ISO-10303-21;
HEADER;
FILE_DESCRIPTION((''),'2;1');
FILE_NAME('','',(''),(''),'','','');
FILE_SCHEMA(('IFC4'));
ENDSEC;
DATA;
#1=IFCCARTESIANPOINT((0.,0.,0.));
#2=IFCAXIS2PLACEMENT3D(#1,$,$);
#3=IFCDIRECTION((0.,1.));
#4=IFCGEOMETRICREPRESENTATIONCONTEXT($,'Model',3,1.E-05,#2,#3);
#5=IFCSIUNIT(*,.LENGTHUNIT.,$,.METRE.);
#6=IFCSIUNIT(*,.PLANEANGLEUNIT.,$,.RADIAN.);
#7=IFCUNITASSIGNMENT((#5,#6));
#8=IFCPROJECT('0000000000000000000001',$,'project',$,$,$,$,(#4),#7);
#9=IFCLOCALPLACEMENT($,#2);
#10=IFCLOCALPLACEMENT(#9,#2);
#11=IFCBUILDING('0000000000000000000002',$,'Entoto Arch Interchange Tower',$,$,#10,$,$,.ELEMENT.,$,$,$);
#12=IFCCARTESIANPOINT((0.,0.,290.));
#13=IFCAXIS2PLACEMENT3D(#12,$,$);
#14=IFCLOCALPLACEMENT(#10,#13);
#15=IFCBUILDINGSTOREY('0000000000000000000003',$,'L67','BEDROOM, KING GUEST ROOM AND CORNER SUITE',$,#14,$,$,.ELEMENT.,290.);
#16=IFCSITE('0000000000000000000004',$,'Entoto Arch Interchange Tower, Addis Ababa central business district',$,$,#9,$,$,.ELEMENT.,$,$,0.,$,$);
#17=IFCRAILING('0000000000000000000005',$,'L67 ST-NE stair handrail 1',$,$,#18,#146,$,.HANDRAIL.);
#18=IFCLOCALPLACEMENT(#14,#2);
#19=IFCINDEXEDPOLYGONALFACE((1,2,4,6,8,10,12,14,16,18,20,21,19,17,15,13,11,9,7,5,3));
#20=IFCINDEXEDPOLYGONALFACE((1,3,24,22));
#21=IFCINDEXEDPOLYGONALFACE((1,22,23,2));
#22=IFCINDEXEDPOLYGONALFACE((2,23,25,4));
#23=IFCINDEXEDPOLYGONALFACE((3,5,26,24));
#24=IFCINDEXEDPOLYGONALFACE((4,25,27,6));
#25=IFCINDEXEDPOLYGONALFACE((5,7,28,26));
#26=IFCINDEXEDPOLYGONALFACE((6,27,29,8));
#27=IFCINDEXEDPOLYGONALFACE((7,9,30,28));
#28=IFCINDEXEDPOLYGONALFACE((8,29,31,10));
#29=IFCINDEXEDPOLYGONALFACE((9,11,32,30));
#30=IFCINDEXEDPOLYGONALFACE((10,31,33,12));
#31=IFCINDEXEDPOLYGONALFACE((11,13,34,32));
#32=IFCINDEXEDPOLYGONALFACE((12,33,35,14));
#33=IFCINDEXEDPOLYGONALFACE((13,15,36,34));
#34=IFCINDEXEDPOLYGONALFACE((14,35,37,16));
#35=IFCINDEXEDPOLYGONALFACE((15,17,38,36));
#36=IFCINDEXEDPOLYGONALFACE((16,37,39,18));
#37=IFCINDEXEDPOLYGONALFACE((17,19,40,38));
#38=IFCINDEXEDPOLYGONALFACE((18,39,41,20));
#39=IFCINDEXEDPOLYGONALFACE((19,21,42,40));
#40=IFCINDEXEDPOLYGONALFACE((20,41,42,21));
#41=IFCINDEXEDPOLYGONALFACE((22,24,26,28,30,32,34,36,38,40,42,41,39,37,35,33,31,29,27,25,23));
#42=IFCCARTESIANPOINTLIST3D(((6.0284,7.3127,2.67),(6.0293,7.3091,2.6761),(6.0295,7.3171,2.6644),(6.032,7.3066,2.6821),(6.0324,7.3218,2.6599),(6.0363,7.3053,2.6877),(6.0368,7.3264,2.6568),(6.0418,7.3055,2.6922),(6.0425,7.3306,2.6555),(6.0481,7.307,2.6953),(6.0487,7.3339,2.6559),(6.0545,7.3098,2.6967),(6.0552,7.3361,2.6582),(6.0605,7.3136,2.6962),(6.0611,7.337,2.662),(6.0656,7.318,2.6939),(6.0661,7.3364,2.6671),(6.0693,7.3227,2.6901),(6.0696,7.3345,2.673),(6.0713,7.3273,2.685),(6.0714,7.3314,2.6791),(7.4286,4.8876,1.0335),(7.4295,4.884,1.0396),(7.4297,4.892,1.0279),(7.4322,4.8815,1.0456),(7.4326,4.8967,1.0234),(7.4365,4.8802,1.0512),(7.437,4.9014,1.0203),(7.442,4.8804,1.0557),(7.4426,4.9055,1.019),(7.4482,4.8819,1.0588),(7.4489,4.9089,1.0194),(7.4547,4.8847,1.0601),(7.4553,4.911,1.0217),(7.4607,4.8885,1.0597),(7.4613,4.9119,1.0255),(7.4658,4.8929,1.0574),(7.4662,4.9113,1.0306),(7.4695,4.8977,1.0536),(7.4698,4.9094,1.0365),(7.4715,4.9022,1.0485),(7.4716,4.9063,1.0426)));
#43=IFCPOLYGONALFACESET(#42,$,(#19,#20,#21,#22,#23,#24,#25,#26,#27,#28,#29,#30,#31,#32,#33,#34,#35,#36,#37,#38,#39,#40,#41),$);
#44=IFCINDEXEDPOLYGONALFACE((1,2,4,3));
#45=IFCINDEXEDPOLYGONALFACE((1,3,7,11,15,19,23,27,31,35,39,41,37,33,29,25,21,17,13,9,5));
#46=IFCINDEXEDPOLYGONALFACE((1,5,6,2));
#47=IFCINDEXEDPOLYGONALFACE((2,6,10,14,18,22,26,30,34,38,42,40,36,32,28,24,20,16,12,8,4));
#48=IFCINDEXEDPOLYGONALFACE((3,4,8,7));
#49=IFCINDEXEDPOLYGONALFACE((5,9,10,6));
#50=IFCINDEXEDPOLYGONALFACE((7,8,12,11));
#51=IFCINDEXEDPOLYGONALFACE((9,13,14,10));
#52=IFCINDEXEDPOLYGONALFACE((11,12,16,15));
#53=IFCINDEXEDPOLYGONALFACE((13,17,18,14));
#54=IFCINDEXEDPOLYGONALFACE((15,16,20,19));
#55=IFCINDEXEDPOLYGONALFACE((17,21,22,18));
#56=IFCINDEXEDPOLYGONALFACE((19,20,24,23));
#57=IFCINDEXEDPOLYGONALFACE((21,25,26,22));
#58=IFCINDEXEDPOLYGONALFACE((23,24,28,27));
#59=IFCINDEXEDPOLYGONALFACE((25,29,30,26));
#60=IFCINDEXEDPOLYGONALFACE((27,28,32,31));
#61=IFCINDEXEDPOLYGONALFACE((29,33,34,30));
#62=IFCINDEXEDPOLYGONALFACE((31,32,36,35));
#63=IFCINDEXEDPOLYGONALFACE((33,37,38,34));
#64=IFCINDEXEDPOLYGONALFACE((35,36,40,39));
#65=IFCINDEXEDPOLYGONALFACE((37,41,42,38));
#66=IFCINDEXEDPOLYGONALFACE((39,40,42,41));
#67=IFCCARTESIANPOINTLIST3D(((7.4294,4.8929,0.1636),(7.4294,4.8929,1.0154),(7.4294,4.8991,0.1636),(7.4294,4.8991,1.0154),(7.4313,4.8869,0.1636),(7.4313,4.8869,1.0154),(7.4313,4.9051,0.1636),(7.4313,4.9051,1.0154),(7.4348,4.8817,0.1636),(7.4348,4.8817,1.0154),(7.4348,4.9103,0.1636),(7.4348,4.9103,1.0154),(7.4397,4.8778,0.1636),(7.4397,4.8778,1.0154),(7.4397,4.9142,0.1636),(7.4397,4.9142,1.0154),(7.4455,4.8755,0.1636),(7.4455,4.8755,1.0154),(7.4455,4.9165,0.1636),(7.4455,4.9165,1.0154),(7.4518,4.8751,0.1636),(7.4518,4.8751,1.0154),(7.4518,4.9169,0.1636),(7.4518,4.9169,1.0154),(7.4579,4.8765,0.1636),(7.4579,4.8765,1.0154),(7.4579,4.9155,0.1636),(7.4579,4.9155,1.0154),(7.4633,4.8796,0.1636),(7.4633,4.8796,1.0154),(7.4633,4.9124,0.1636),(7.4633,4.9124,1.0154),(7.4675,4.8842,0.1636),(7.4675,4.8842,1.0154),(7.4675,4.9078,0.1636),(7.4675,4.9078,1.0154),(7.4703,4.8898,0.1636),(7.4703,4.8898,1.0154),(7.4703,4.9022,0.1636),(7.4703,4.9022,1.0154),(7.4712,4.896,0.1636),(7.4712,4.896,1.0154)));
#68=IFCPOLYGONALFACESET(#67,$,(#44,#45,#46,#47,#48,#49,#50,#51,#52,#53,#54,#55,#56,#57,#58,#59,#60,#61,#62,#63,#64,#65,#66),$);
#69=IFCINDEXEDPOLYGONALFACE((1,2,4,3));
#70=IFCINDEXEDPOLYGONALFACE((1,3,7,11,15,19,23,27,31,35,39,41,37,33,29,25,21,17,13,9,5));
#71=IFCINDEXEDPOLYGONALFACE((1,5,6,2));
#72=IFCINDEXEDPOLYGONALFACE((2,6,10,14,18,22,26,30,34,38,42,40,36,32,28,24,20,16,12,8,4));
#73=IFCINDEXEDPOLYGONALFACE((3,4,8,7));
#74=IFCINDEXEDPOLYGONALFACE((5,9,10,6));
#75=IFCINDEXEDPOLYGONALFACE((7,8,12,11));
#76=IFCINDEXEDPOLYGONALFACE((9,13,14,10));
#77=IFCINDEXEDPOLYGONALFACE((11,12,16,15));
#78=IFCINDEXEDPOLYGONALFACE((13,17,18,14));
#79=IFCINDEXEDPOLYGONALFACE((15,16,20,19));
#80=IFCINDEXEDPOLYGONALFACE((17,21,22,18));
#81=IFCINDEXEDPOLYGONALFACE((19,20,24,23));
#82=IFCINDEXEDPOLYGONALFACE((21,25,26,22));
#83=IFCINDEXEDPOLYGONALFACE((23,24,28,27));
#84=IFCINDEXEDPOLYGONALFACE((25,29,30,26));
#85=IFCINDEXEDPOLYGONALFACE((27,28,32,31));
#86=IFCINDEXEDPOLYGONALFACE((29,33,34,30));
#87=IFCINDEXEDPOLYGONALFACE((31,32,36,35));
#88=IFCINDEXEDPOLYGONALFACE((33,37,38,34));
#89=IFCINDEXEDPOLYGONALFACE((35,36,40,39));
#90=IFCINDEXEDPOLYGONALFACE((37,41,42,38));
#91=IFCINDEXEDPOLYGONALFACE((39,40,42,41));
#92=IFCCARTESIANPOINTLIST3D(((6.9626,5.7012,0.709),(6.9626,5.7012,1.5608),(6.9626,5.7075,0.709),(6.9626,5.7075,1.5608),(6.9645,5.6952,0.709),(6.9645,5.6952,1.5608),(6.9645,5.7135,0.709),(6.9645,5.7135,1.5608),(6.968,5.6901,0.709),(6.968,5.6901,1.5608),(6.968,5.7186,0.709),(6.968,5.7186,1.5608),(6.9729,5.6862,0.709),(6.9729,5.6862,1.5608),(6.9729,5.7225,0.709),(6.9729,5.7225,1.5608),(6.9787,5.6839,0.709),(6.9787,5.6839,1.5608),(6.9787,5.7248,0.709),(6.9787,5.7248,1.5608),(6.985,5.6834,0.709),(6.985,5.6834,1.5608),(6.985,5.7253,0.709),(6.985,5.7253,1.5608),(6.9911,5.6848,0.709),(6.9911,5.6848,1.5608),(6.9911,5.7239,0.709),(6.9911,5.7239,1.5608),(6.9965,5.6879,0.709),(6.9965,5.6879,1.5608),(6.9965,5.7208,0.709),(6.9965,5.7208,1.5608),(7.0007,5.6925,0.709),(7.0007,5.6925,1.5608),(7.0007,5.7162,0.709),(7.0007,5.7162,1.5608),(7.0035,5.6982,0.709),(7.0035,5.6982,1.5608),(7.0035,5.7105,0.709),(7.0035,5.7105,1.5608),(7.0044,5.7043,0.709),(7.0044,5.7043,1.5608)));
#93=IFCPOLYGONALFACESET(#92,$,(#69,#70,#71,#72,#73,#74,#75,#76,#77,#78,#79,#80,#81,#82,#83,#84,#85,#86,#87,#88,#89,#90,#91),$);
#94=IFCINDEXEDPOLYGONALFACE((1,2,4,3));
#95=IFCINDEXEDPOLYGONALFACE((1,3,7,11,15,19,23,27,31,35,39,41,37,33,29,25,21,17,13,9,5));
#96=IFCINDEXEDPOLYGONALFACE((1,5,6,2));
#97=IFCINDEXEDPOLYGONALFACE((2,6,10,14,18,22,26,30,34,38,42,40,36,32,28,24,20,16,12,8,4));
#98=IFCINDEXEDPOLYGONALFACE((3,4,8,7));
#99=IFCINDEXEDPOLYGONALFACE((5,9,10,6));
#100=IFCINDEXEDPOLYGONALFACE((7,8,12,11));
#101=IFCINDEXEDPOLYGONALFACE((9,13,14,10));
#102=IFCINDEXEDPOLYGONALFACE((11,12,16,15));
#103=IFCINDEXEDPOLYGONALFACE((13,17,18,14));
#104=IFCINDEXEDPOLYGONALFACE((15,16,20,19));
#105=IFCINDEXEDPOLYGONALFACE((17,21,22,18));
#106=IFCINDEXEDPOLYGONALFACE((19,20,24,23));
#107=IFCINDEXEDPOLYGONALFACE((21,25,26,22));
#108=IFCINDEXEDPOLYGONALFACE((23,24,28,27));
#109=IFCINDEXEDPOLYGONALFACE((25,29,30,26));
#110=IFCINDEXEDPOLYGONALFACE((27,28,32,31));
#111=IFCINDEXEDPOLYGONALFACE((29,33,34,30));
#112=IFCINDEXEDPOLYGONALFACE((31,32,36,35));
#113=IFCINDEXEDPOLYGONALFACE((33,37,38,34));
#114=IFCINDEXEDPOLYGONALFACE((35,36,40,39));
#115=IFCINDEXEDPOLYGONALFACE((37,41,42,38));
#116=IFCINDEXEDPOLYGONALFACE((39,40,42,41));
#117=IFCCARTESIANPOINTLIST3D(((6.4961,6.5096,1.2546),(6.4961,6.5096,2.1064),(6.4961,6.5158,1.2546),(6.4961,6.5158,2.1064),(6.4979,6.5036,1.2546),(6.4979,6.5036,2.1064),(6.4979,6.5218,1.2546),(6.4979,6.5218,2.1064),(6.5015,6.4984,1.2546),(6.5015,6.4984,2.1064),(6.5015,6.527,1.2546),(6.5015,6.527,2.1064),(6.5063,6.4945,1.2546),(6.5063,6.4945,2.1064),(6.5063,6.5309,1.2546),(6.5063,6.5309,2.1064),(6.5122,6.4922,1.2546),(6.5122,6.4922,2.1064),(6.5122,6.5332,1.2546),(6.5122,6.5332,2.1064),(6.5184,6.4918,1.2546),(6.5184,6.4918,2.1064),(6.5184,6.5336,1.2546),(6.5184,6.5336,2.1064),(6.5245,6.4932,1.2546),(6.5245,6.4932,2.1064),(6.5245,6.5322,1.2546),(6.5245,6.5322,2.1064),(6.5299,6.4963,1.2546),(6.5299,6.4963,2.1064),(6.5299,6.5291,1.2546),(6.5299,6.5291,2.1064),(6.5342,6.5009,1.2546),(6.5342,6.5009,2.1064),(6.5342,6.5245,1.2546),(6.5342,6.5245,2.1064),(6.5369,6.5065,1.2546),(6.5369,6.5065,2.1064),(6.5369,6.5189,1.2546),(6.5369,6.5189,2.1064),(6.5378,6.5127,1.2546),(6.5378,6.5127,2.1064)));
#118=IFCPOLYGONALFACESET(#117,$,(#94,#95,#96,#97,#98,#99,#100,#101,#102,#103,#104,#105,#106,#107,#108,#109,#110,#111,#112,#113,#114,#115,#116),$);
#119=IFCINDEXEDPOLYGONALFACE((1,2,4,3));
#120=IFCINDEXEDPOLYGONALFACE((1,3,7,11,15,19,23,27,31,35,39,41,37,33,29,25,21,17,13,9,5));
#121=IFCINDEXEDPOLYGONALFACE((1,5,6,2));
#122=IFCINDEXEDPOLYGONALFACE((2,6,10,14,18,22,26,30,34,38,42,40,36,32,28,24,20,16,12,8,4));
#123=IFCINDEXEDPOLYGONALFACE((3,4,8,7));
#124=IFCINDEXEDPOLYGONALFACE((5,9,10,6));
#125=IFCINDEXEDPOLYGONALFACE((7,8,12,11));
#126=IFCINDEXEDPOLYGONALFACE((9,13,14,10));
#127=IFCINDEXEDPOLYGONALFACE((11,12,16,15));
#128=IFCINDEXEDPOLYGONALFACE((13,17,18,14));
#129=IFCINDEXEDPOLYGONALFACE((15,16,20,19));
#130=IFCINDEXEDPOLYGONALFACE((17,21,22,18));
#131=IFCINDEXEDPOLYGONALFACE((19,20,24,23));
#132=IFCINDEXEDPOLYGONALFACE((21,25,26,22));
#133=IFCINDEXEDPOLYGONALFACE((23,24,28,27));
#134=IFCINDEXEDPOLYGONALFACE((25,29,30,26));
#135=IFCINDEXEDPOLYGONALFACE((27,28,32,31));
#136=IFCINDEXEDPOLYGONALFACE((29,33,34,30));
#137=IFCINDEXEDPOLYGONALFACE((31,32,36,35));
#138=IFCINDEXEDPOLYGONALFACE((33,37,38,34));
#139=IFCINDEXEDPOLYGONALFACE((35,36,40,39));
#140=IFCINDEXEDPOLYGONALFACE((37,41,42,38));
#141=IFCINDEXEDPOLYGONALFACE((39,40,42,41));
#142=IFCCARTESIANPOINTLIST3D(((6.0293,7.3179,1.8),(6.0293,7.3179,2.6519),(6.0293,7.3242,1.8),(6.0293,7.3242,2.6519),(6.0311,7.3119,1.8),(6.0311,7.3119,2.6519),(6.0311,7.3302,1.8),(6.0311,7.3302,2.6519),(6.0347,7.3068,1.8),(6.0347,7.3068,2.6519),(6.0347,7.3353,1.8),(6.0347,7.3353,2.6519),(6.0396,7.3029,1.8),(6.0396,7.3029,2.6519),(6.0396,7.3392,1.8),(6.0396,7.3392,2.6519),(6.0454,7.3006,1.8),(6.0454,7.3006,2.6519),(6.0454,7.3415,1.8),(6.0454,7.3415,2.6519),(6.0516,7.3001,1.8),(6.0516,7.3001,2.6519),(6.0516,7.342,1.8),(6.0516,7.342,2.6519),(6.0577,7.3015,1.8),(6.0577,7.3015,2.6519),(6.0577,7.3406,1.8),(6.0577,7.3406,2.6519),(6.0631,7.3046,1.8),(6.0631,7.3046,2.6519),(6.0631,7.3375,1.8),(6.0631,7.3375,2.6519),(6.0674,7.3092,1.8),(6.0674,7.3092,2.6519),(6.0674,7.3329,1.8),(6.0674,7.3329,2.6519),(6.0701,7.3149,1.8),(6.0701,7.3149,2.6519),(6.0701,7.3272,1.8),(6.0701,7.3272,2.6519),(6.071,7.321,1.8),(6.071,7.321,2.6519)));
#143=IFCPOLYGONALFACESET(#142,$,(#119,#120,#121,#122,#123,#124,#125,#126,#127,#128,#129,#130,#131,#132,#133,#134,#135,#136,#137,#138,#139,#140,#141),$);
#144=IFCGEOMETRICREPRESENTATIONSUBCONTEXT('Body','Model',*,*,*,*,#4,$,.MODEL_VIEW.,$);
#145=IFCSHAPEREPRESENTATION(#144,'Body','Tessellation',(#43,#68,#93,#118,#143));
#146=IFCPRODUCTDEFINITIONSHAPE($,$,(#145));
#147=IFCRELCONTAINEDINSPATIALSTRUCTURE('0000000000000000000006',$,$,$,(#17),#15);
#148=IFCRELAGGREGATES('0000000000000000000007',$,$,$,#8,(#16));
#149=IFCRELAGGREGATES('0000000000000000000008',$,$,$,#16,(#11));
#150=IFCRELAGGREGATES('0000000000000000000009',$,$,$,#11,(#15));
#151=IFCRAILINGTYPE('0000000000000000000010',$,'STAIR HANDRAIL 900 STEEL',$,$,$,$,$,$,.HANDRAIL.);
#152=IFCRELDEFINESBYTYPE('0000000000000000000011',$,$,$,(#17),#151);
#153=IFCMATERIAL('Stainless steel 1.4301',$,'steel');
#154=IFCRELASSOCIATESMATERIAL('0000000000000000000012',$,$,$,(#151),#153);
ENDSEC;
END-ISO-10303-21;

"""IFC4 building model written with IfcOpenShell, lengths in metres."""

from ifc_helpers import new_model, si_unit, direction, frame, origin, origin_2d, place, context, subcontext, project, spatial, circle, extrude, material, type_object, element, save


model = new_model("IFC4")

# Units and contexts
model_context = context("Model", 3, precision=1e-05, world=origin(), true_north=direction((0.0, 1.0)))
body_context = subcontext(model_context, "Body", "Model", "MODEL_VIEW")
ifc_project = project(units=[si_unit("LENGTHUNIT", "METRE"), si_unit("PLANEANGLEUNIT", "RADIAN")], contexts=[model_context])

# Site, building, storey
site_placement = place(None, origin())
site = spatial("IfcSite", under=ifc_project, at=site_placement, Name="Entoto Arch Interchange Tower, Addis Ababa central business district", CompositionType="ELEMENT", RefElevation=0.0)
building_placement = place(site_placement, origin())
building = spatial("IfcBuilding", under=site, at=building_placement, Name="Entoto Arch Interchange Tower", CompositionType="ELEMENT")
storey_placement = place(building_placement, frame((0.0, 0.0, 290.0)))
storey = spatial("IfcBuildingStorey", under=building, at=storey_placement, Name="L67", Description="BEDROOM, KING GUEST ROOM AND CORNER SUITE", CompositionType="ELEMENT", Elevation=290.0)

# Railing
ifc_material_1 = material(Name="Stainless steel 1.4301", Category="steel")
railing_type_1 = type_object("IfcRailingType", Name="STAIR HANDRAIL 900 STEEL", PredefinedType="HANDRAIL", material=ifc_material_1)
railing_1_placement = place(storey_placement, frame((7.4502, 4.896, 0.1636)))
element("IfcRailing", 1, at=railing_1_placement, inside=storey, type_object=railing_type_1, Name="L67 ST-NE stair handrail 1", PredefinedType="HANDRAIL", context=body_context, shape_type="SweptSolid", body=[
    extrude(circle(Radius=0.0239, at=origin_2d()), frame((0.0, 0.0, 0.876), z_axis=(-0.431698, 0.747699, 0.504563), x_axis=(-0.866019, -0.500012, 0.0)), (0.0, 0.0, 1.0), 3.2434),
    extrude(circle(Radius=0.021, at=origin_2d()), origin(), (0.0, 0.0, 1.0), 0.8518),
    extrude(circle(Radius=0.021, at=origin_2d()), frame((-0.4668, 0.8083, 0.5454)), (0.0, 0.0, 1.0), 0.8518),
    extrude(circle(Radius=0.021, at=origin_2d()), frame((-0.9333, 1.6167, 1.0911)), (0.0, 0.0, 1.0), 0.8518),
    extrude(circle(Radius=0.021, at=origin_2d()), frame((-1.4001, 2.425, 1.6365)), (0.0, 0.0, 1.0), 0.8518),
])

save(model, "model.ifc")
